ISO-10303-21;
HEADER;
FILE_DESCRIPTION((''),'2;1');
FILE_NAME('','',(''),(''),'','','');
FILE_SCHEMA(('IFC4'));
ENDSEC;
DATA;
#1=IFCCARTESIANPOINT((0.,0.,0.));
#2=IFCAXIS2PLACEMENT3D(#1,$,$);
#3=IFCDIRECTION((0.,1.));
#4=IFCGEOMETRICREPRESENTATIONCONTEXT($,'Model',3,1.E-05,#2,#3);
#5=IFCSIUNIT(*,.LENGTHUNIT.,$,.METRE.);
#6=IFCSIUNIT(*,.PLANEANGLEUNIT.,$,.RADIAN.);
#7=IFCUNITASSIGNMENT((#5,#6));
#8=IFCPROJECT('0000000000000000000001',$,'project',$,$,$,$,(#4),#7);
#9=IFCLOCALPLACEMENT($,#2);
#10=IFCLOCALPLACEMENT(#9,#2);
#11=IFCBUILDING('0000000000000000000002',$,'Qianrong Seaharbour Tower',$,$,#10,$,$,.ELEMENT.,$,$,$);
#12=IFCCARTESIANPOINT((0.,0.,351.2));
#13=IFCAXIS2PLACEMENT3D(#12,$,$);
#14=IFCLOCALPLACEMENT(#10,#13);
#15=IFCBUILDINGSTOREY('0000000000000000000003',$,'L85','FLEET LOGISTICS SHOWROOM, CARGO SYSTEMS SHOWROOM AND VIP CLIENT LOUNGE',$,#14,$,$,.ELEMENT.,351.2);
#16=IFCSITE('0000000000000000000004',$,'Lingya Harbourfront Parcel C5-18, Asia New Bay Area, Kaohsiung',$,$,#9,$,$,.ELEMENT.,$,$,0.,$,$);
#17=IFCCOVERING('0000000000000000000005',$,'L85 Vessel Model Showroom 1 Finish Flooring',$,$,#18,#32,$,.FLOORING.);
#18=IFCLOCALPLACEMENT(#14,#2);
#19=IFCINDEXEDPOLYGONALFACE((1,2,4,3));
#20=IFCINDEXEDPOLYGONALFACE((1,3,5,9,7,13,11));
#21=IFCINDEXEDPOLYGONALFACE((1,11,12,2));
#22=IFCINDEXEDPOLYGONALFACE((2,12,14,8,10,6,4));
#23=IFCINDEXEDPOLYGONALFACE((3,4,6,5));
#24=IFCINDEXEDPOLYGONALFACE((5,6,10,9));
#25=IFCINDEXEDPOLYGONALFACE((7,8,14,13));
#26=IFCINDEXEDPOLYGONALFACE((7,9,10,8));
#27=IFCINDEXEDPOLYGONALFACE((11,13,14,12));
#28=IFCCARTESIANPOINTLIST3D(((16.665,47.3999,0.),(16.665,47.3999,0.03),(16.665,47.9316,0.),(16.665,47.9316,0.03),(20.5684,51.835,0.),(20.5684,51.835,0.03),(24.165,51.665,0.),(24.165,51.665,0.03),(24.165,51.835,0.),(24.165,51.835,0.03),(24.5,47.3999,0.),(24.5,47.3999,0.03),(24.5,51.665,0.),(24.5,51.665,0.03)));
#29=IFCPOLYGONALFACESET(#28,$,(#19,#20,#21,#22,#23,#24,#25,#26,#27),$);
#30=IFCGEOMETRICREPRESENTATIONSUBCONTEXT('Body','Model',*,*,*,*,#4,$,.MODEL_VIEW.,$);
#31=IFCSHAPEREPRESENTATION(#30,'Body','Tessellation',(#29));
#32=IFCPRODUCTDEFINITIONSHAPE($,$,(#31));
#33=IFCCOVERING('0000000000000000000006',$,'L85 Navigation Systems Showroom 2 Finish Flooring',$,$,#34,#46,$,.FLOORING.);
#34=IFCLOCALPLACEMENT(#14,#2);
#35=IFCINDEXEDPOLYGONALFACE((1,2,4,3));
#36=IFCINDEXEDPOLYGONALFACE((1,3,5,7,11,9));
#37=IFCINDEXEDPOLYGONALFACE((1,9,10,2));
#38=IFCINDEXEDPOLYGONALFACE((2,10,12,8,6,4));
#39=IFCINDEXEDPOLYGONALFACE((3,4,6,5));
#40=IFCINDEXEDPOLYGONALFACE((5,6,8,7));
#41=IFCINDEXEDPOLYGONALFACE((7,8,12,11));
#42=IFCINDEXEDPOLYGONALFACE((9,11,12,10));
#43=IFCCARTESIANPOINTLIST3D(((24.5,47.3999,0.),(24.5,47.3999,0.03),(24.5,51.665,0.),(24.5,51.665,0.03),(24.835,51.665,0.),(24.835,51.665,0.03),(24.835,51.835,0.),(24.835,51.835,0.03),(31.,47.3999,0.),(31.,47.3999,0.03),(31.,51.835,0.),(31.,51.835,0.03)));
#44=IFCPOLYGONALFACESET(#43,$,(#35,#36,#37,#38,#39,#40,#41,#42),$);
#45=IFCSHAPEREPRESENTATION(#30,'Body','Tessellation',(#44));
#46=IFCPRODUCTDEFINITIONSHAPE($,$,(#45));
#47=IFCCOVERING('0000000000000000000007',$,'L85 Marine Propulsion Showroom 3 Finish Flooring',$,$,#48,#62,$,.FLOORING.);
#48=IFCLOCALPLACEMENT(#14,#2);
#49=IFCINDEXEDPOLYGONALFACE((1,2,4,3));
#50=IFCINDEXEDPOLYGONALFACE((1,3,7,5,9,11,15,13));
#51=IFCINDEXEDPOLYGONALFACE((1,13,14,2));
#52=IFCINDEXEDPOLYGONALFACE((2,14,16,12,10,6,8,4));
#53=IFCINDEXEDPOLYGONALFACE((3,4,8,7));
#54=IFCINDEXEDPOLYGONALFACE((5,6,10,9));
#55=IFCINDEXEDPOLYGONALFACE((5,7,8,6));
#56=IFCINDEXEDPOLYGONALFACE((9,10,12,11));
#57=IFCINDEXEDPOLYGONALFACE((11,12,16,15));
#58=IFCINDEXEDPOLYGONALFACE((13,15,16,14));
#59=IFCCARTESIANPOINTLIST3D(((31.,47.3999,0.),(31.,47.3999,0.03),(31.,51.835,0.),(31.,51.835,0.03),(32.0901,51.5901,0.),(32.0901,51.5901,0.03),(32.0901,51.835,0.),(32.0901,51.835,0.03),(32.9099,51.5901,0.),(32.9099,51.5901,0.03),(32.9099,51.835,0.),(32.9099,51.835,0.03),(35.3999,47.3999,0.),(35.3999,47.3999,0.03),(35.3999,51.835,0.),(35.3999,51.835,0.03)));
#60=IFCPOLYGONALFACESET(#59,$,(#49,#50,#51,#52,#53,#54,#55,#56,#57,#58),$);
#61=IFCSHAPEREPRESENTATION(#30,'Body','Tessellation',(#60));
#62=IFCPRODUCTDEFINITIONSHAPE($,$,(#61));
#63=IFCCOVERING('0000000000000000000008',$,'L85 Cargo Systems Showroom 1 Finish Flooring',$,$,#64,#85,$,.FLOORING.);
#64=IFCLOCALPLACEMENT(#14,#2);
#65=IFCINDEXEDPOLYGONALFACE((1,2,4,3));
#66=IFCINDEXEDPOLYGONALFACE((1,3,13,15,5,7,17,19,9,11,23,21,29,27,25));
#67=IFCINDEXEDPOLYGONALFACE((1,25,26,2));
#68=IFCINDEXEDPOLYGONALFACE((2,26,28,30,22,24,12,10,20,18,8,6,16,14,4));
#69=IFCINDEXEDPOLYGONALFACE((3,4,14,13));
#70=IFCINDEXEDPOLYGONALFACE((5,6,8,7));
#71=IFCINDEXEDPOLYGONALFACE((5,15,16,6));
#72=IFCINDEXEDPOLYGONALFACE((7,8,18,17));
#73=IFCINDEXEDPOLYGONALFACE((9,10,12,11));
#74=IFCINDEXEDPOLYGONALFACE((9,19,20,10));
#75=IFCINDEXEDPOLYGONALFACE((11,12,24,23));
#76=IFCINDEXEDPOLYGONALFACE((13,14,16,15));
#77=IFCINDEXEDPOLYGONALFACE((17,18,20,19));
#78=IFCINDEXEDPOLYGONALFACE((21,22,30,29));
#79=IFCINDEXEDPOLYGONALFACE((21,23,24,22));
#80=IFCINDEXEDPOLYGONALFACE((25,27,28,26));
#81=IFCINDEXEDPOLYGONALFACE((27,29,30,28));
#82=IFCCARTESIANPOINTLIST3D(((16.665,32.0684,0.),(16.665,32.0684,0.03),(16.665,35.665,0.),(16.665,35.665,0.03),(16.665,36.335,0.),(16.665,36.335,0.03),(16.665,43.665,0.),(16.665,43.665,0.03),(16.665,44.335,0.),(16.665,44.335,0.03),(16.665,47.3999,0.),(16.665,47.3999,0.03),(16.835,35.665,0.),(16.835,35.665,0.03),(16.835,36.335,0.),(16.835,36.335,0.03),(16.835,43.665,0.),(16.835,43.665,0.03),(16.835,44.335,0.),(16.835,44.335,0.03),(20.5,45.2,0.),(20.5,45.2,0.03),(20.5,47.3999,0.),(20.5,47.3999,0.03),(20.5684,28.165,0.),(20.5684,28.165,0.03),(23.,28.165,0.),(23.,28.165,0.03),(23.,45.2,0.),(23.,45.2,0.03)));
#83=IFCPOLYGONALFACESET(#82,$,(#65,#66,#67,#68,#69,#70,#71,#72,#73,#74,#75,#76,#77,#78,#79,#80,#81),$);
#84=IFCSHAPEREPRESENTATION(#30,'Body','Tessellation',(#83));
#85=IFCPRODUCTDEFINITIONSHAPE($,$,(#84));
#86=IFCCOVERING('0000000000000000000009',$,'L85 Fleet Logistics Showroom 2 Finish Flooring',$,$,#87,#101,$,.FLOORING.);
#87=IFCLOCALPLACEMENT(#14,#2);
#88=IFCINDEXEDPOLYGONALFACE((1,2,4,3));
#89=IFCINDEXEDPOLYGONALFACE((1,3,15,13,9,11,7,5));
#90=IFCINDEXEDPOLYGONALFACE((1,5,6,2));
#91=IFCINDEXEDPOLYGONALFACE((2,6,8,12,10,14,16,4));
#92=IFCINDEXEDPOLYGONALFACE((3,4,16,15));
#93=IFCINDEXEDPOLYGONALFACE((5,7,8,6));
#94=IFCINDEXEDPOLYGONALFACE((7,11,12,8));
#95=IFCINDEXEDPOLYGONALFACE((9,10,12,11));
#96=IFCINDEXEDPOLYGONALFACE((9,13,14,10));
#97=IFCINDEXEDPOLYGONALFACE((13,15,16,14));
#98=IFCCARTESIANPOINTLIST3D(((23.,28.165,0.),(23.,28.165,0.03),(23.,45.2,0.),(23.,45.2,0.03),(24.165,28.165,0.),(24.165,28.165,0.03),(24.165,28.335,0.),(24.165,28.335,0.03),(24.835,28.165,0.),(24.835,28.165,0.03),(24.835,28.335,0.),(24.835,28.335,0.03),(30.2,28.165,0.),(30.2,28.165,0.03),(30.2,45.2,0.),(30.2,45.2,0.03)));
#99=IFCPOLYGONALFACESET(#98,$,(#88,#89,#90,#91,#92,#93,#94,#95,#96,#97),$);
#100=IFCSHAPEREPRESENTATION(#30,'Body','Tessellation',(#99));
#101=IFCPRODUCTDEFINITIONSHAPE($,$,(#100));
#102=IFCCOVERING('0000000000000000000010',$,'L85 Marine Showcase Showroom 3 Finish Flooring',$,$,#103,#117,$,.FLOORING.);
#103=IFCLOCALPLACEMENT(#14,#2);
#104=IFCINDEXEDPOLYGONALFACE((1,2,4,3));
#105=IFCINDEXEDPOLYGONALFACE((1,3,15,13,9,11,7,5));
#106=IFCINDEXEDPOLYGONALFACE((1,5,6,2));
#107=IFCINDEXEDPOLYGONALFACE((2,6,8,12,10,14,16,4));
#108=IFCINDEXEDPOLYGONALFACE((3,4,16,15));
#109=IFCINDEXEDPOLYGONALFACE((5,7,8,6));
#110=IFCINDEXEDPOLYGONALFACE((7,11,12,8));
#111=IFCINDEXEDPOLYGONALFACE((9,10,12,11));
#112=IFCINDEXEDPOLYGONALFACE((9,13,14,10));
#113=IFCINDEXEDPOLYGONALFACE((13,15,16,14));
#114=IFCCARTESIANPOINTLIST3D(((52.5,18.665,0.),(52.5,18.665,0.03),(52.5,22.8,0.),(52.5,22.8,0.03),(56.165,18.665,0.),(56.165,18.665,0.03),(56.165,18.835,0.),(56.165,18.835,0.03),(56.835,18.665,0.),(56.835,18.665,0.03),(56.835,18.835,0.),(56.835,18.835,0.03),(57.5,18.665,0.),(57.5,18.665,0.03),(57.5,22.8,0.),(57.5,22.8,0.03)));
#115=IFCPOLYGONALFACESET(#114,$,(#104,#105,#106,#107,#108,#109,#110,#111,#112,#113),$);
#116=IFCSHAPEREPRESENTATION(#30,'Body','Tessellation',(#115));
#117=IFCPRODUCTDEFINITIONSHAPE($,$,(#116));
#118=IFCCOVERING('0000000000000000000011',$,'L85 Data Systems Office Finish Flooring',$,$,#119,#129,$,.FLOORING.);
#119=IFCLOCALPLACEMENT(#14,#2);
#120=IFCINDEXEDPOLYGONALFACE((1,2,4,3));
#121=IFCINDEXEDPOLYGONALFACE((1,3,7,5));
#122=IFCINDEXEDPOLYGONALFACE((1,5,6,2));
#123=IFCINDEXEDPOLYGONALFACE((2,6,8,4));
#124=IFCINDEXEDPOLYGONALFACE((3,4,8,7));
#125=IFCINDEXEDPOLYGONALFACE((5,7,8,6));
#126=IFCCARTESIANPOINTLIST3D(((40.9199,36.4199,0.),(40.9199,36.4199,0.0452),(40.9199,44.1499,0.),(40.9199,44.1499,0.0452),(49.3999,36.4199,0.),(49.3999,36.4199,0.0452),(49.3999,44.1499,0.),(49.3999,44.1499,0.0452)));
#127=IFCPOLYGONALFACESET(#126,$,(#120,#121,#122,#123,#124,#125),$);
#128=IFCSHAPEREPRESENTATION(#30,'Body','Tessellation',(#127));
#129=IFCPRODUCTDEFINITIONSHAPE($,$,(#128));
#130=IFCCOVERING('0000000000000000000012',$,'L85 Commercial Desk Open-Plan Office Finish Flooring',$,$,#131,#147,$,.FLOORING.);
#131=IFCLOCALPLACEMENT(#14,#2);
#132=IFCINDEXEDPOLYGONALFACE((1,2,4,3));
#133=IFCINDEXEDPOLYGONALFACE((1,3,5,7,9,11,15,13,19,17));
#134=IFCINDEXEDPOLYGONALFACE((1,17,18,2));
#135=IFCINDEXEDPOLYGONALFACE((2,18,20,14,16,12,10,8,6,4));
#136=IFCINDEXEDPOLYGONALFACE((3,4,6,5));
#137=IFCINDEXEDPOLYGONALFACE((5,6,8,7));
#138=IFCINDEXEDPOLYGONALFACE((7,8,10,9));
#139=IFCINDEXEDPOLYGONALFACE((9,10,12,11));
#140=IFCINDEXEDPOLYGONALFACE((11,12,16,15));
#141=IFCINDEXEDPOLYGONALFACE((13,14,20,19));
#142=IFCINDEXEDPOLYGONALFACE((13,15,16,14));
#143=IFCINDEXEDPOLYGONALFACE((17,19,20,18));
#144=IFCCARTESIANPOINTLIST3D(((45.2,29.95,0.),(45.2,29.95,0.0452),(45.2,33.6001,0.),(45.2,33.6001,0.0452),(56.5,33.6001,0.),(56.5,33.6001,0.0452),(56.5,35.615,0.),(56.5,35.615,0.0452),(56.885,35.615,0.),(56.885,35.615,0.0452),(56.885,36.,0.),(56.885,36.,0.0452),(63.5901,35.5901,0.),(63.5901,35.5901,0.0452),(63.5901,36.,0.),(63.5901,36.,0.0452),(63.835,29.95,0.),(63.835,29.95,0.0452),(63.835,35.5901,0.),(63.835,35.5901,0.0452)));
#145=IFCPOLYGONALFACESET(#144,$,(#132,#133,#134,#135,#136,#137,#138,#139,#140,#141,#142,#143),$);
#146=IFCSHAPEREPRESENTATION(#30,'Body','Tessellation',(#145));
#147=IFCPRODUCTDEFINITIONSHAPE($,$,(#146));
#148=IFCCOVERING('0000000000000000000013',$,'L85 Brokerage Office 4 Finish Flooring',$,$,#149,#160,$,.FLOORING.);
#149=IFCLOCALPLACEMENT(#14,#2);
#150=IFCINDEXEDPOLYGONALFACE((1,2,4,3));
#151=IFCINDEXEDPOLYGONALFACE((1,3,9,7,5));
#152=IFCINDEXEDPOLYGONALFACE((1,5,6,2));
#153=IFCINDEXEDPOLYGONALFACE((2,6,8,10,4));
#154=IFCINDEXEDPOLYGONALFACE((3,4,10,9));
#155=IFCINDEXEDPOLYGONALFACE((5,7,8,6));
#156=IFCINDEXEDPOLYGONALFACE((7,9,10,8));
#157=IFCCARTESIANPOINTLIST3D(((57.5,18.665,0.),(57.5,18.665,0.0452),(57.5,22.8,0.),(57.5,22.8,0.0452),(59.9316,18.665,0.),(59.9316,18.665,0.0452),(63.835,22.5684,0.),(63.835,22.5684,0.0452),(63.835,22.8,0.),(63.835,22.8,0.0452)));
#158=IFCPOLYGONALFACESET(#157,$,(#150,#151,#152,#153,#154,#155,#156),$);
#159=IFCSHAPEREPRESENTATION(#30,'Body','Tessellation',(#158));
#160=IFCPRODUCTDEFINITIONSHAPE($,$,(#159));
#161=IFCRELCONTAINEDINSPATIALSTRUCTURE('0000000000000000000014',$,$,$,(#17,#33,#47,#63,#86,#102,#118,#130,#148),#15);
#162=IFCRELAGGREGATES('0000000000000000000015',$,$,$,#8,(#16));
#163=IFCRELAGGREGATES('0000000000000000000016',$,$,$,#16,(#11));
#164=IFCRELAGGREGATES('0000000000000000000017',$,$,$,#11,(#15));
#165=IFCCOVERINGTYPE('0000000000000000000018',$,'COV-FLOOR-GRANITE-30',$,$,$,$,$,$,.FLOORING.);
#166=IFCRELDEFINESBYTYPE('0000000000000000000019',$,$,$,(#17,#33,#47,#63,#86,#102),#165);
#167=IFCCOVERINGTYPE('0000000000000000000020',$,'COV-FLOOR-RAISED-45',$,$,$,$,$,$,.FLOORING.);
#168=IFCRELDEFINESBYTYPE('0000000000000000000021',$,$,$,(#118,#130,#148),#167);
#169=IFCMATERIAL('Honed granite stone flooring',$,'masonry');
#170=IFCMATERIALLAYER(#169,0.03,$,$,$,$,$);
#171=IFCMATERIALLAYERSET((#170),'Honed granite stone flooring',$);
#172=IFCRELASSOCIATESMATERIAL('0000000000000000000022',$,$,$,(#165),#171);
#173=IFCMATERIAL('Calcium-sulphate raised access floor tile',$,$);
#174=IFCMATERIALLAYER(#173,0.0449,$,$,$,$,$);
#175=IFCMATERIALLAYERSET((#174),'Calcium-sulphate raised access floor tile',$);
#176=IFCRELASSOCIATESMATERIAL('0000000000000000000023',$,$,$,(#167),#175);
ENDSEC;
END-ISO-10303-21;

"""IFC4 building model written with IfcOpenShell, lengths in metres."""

from ifc_helpers import new_model, si_unit, direction, frame, origin, place, context, subcontext, project, spatial, polyline, outline, extrude, material, layer, layer_set, type_object, element, save


model = new_model("IFC4")

# Units and contexts
model_context = context("Model", 3, precision=1e-05, world=origin(), true_north=direction((0.0, 1.0)))
body_context = subcontext(model_context, "Body", "Model", "MODEL_VIEW")
ifc_project = project(units=[si_unit("LENGTHUNIT", "METRE"), si_unit("PLANEANGLEUNIT", "RADIAN")], contexts=[model_context])

# Site, building, storey
site_placement = place(None, origin())
site = spatial("IfcSite", under=ifc_project, at=site_placement, Name="Lingya Harbourfront Parcel C5-18, Asia New Bay Area, Kaohsiung", CompositionType="ELEMENT", RefElevation=0.0)
building_placement = place(site_placement, origin())
building = spatial("IfcBuilding", under=site, at=building_placement, Name="Qianrong Seaharbour Tower", CompositionType="ELEMENT")
storey_placement = place(building_placement, frame((0.0, 0.0, 351.2)))
storey = spatial("IfcBuildingStorey", under=building, at=storey_placement, Name="L85", Description="FLEET LOGISTICS SHOWROOM, CARGO SYSTEMS SHOWROOM AND VIP CLIENT LOUNGE", CompositionType="ELEMENT", Elevation=351.2)

# Coverings
ifc_material_1 = material(Name="Honed granite stone flooring", Category="masonry")
ifc_layer_1 = layer(ifc_material_1, 0.03)
ifc_layer_set_1 = layer_set([ifc_layer_1], Name="Honed granite stone flooring")
covering_type_1 = type_object("IfcCoveringType", Name="COV-FLOOR-GRANITE-30", PredefinedType="FLOORING", material=ifc_layer_set_1)
covering_1_placement = place(storey_placement, origin())
element("IfcCovering", 1, at=covering_1_placement, inside=storey, type_object=covering_type_1, Name="L85 Vessel Model Showroom 1 Finish Flooring", PredefinedType="FLOORING", context=body_context, shape_type="SweptSolid", body=[
    extrude(outline(polyline([(16.665, 47.9316), (20.5684, 51.835), (24.165, 51.835), (24.165, 51.665), (24.5, 51.665), (24.5, 47.3999), (16.665, 47.3999), (16.665, 47.9316)])), origin(), (0.0, 0.0, 1.0), 0.03),
])
covering_2_placement = place(storey_placement, origin())
element("IfcCovering", 2, at=covering_2_placement, inside=storey, type_object=covering_type_1, Name="L85 Navigation Systems Showroom 2 Finish Flooring", PredefinedType="FLOORING", context=body_context, shape_type="SweptSolid", body=[
    extrude(outline(polyline([(24.5, 51.665), (24.835, 51.665), (24.835, 51.835), (31.0, 51.835), (31.0, 47.3999), (24.5, 47.3999), (24.5, 51.665)])), origin(), (0.0, 0.0, 1.0), 0.03),
])
covering_3_placement = place(storey_placement, origin())
element("IfcCovering", 3, at=covering_3_placement, inside=storey, type_object=covering_type_1, Name="L85 Marine Propulsion Showroom 3 Finish Flooring", PredefinedType="FLOORING", context=body_context, shape_type="SweptSolid", body=[
    extrude(outline(polyline([(31.0, 51.835), (32.0901, 51.835), (32.0901, 51.5901), (32.9099, 51.5901), (32.9099, 51.835), (35.3999, 51.835), (35.3999, 47.3999), (31.0, 47.3999), (31.0, 51.835)])), origin(), (0.0, 0.0, 1.0), 0.03),
])
covering_4_placement = place(storey_placement, origin())
element("IfcCovering", 4, at=covering_4_placement, inside=storey, type_object=covering_type_1, Name="L85 Cargo Systems Showroom 1 Finish Flooring", PredefinedType="FLOORING", context=body_context, shape_type="SweptSolid", body=[
    extrude(outline(polyline([(20.5684, 28.165), (16.665, 32.0684), (16.665, 35.665), (16.835, 35.665), (16.835, 36.335), (16.665, 36.335), (16.665, 43.665), (16.835, 43.665), (16.835, 44.335), (16.665, 44.335), (16.665, 47.3999), (20.5, 47.3999), (20.5, 45.2), (23.0, 45.2), (23.0, 28.165), (20.5684, 28.165)])), origin(), (0.0, 0.0, 1.0), 0.03),
])
covering_5_placement = place(storey_placement, origin())
element("IfcCovering", 5, at=covering_5_placement, inside=storey, type_object=covering_type_1, Name="L85 Fleet Logistics Showroom 2 Finish Flooring", PredefinedType="FLOORING", context=body_context, shape_type="SweptSolid", body=[
    extrude(outline(polyline([(24.835, 28.165), (24.835, 28.335), (24.165, 28.335), (24.165, 28.165), (23.0, 28.165), (23.0, 45.2), (30.2, 45.2), (30.2, 28.165), (24.835, 28.165)])), origin(), (0.0, 0.0, 1.0), 0.03),
])
covering_6_placement = place(storey_placement, origin())
element("IfcCovering", 6, at=covering_6_placement, inside=storey, type_object=covering_type_1, Name="L85 Marine Showcase Showroom 3 Finish Flooring", PredefinedType="FLOORING", context=body_context, shape_type="SweptSolid", body=[
    extrude(outline(polyline([(57.5, 18.665), (56.835, 18.665), (56.835, 18.835), (56.165, 18.835), (56.165, 18.665), (52.5, 18.665), (52.5, 22.8), (57.5, 22.8), (57.5, 18.665)])), origin(), (0.0, 0.0, 1.0), 0.03),
])
ifc_material_2 = material(Name="Calcium-sulphate raised access floor tile")
ifc_layer_2 = layer(ifc_material_2, 0.0449)
ifc_layer_set_2 = layer_set([ifc_layer_2], Name="Calcium-sulphate raised access floor tile")
covering_type_2 = type_object("IfcCoveringType", Name="COV-FLOOR-RAISED-45", PredefinedType="FLOORING", material=ifc_layer_set_2)
covering_7_placement = place(storey_placement, origin())
element("IfcCovering", 7, at=covering_7_placement, inside=storey, type_object=covering_type_2, Name="L85 Data Systems Office Finish Flooring", PredefinedType="FLOORING", context=body_context, shape_type="SweptSolid", body=[
    extrude(outline(polyline([(49.3999, 44.1499), (49.3999, 36.4199), (40.9199, 36.4199), (40.9199, 44.1499), (49.3999, 44.1499)])), origin(), (0.0, 0.0, 1.0), 0.0452),
])
covering_8_placement = place(storey_placement, origin())
element("IfcCovering", 8, at=covering_8_placement, inside=storey, type_object=covering_type_2, Name="L85 Commercial Desk Open-Plan Office Finish Flooring", PredefinedType="FLOORING", context=body_context, shape_type="SweptSolid", body=[
    extrude(outline(polyline([(56.5, 33.6001), (56.5, 35.615), (56.885, 35.615), (56.885, 36.0), (63.5901, 36.0), (63.5901, 35.5901), (63.835, 35.5901), (63.835, 29.95), (45.2, 29.95), (45.2, 33.6001), (56.5, 33.6001)])), origin(), (0.0, 0.0, 1.0), 0.0452),
])
covering_9_placement = place(storey_placement, origin())
element("IfcCovering", 9, at=covering_9_placement, inside=storey, type_object=covering_type_2, Name="L85 Brokerage Office 4 Finish Flooring", PredefinedType="FLOORING", context=body_context, shape_type="SweptSolid", body=[
    extrude(outline(polyline([(63.835, 22.5684), (59.9316, 18.665), (57.5, 18.665), (57.5, 22.8), (63.835, 22.8), (63.835, 22.5684)])), origin(), (0.0, 0.0, 1.0), 0.0452),
])

save(model, "model.ifc")
